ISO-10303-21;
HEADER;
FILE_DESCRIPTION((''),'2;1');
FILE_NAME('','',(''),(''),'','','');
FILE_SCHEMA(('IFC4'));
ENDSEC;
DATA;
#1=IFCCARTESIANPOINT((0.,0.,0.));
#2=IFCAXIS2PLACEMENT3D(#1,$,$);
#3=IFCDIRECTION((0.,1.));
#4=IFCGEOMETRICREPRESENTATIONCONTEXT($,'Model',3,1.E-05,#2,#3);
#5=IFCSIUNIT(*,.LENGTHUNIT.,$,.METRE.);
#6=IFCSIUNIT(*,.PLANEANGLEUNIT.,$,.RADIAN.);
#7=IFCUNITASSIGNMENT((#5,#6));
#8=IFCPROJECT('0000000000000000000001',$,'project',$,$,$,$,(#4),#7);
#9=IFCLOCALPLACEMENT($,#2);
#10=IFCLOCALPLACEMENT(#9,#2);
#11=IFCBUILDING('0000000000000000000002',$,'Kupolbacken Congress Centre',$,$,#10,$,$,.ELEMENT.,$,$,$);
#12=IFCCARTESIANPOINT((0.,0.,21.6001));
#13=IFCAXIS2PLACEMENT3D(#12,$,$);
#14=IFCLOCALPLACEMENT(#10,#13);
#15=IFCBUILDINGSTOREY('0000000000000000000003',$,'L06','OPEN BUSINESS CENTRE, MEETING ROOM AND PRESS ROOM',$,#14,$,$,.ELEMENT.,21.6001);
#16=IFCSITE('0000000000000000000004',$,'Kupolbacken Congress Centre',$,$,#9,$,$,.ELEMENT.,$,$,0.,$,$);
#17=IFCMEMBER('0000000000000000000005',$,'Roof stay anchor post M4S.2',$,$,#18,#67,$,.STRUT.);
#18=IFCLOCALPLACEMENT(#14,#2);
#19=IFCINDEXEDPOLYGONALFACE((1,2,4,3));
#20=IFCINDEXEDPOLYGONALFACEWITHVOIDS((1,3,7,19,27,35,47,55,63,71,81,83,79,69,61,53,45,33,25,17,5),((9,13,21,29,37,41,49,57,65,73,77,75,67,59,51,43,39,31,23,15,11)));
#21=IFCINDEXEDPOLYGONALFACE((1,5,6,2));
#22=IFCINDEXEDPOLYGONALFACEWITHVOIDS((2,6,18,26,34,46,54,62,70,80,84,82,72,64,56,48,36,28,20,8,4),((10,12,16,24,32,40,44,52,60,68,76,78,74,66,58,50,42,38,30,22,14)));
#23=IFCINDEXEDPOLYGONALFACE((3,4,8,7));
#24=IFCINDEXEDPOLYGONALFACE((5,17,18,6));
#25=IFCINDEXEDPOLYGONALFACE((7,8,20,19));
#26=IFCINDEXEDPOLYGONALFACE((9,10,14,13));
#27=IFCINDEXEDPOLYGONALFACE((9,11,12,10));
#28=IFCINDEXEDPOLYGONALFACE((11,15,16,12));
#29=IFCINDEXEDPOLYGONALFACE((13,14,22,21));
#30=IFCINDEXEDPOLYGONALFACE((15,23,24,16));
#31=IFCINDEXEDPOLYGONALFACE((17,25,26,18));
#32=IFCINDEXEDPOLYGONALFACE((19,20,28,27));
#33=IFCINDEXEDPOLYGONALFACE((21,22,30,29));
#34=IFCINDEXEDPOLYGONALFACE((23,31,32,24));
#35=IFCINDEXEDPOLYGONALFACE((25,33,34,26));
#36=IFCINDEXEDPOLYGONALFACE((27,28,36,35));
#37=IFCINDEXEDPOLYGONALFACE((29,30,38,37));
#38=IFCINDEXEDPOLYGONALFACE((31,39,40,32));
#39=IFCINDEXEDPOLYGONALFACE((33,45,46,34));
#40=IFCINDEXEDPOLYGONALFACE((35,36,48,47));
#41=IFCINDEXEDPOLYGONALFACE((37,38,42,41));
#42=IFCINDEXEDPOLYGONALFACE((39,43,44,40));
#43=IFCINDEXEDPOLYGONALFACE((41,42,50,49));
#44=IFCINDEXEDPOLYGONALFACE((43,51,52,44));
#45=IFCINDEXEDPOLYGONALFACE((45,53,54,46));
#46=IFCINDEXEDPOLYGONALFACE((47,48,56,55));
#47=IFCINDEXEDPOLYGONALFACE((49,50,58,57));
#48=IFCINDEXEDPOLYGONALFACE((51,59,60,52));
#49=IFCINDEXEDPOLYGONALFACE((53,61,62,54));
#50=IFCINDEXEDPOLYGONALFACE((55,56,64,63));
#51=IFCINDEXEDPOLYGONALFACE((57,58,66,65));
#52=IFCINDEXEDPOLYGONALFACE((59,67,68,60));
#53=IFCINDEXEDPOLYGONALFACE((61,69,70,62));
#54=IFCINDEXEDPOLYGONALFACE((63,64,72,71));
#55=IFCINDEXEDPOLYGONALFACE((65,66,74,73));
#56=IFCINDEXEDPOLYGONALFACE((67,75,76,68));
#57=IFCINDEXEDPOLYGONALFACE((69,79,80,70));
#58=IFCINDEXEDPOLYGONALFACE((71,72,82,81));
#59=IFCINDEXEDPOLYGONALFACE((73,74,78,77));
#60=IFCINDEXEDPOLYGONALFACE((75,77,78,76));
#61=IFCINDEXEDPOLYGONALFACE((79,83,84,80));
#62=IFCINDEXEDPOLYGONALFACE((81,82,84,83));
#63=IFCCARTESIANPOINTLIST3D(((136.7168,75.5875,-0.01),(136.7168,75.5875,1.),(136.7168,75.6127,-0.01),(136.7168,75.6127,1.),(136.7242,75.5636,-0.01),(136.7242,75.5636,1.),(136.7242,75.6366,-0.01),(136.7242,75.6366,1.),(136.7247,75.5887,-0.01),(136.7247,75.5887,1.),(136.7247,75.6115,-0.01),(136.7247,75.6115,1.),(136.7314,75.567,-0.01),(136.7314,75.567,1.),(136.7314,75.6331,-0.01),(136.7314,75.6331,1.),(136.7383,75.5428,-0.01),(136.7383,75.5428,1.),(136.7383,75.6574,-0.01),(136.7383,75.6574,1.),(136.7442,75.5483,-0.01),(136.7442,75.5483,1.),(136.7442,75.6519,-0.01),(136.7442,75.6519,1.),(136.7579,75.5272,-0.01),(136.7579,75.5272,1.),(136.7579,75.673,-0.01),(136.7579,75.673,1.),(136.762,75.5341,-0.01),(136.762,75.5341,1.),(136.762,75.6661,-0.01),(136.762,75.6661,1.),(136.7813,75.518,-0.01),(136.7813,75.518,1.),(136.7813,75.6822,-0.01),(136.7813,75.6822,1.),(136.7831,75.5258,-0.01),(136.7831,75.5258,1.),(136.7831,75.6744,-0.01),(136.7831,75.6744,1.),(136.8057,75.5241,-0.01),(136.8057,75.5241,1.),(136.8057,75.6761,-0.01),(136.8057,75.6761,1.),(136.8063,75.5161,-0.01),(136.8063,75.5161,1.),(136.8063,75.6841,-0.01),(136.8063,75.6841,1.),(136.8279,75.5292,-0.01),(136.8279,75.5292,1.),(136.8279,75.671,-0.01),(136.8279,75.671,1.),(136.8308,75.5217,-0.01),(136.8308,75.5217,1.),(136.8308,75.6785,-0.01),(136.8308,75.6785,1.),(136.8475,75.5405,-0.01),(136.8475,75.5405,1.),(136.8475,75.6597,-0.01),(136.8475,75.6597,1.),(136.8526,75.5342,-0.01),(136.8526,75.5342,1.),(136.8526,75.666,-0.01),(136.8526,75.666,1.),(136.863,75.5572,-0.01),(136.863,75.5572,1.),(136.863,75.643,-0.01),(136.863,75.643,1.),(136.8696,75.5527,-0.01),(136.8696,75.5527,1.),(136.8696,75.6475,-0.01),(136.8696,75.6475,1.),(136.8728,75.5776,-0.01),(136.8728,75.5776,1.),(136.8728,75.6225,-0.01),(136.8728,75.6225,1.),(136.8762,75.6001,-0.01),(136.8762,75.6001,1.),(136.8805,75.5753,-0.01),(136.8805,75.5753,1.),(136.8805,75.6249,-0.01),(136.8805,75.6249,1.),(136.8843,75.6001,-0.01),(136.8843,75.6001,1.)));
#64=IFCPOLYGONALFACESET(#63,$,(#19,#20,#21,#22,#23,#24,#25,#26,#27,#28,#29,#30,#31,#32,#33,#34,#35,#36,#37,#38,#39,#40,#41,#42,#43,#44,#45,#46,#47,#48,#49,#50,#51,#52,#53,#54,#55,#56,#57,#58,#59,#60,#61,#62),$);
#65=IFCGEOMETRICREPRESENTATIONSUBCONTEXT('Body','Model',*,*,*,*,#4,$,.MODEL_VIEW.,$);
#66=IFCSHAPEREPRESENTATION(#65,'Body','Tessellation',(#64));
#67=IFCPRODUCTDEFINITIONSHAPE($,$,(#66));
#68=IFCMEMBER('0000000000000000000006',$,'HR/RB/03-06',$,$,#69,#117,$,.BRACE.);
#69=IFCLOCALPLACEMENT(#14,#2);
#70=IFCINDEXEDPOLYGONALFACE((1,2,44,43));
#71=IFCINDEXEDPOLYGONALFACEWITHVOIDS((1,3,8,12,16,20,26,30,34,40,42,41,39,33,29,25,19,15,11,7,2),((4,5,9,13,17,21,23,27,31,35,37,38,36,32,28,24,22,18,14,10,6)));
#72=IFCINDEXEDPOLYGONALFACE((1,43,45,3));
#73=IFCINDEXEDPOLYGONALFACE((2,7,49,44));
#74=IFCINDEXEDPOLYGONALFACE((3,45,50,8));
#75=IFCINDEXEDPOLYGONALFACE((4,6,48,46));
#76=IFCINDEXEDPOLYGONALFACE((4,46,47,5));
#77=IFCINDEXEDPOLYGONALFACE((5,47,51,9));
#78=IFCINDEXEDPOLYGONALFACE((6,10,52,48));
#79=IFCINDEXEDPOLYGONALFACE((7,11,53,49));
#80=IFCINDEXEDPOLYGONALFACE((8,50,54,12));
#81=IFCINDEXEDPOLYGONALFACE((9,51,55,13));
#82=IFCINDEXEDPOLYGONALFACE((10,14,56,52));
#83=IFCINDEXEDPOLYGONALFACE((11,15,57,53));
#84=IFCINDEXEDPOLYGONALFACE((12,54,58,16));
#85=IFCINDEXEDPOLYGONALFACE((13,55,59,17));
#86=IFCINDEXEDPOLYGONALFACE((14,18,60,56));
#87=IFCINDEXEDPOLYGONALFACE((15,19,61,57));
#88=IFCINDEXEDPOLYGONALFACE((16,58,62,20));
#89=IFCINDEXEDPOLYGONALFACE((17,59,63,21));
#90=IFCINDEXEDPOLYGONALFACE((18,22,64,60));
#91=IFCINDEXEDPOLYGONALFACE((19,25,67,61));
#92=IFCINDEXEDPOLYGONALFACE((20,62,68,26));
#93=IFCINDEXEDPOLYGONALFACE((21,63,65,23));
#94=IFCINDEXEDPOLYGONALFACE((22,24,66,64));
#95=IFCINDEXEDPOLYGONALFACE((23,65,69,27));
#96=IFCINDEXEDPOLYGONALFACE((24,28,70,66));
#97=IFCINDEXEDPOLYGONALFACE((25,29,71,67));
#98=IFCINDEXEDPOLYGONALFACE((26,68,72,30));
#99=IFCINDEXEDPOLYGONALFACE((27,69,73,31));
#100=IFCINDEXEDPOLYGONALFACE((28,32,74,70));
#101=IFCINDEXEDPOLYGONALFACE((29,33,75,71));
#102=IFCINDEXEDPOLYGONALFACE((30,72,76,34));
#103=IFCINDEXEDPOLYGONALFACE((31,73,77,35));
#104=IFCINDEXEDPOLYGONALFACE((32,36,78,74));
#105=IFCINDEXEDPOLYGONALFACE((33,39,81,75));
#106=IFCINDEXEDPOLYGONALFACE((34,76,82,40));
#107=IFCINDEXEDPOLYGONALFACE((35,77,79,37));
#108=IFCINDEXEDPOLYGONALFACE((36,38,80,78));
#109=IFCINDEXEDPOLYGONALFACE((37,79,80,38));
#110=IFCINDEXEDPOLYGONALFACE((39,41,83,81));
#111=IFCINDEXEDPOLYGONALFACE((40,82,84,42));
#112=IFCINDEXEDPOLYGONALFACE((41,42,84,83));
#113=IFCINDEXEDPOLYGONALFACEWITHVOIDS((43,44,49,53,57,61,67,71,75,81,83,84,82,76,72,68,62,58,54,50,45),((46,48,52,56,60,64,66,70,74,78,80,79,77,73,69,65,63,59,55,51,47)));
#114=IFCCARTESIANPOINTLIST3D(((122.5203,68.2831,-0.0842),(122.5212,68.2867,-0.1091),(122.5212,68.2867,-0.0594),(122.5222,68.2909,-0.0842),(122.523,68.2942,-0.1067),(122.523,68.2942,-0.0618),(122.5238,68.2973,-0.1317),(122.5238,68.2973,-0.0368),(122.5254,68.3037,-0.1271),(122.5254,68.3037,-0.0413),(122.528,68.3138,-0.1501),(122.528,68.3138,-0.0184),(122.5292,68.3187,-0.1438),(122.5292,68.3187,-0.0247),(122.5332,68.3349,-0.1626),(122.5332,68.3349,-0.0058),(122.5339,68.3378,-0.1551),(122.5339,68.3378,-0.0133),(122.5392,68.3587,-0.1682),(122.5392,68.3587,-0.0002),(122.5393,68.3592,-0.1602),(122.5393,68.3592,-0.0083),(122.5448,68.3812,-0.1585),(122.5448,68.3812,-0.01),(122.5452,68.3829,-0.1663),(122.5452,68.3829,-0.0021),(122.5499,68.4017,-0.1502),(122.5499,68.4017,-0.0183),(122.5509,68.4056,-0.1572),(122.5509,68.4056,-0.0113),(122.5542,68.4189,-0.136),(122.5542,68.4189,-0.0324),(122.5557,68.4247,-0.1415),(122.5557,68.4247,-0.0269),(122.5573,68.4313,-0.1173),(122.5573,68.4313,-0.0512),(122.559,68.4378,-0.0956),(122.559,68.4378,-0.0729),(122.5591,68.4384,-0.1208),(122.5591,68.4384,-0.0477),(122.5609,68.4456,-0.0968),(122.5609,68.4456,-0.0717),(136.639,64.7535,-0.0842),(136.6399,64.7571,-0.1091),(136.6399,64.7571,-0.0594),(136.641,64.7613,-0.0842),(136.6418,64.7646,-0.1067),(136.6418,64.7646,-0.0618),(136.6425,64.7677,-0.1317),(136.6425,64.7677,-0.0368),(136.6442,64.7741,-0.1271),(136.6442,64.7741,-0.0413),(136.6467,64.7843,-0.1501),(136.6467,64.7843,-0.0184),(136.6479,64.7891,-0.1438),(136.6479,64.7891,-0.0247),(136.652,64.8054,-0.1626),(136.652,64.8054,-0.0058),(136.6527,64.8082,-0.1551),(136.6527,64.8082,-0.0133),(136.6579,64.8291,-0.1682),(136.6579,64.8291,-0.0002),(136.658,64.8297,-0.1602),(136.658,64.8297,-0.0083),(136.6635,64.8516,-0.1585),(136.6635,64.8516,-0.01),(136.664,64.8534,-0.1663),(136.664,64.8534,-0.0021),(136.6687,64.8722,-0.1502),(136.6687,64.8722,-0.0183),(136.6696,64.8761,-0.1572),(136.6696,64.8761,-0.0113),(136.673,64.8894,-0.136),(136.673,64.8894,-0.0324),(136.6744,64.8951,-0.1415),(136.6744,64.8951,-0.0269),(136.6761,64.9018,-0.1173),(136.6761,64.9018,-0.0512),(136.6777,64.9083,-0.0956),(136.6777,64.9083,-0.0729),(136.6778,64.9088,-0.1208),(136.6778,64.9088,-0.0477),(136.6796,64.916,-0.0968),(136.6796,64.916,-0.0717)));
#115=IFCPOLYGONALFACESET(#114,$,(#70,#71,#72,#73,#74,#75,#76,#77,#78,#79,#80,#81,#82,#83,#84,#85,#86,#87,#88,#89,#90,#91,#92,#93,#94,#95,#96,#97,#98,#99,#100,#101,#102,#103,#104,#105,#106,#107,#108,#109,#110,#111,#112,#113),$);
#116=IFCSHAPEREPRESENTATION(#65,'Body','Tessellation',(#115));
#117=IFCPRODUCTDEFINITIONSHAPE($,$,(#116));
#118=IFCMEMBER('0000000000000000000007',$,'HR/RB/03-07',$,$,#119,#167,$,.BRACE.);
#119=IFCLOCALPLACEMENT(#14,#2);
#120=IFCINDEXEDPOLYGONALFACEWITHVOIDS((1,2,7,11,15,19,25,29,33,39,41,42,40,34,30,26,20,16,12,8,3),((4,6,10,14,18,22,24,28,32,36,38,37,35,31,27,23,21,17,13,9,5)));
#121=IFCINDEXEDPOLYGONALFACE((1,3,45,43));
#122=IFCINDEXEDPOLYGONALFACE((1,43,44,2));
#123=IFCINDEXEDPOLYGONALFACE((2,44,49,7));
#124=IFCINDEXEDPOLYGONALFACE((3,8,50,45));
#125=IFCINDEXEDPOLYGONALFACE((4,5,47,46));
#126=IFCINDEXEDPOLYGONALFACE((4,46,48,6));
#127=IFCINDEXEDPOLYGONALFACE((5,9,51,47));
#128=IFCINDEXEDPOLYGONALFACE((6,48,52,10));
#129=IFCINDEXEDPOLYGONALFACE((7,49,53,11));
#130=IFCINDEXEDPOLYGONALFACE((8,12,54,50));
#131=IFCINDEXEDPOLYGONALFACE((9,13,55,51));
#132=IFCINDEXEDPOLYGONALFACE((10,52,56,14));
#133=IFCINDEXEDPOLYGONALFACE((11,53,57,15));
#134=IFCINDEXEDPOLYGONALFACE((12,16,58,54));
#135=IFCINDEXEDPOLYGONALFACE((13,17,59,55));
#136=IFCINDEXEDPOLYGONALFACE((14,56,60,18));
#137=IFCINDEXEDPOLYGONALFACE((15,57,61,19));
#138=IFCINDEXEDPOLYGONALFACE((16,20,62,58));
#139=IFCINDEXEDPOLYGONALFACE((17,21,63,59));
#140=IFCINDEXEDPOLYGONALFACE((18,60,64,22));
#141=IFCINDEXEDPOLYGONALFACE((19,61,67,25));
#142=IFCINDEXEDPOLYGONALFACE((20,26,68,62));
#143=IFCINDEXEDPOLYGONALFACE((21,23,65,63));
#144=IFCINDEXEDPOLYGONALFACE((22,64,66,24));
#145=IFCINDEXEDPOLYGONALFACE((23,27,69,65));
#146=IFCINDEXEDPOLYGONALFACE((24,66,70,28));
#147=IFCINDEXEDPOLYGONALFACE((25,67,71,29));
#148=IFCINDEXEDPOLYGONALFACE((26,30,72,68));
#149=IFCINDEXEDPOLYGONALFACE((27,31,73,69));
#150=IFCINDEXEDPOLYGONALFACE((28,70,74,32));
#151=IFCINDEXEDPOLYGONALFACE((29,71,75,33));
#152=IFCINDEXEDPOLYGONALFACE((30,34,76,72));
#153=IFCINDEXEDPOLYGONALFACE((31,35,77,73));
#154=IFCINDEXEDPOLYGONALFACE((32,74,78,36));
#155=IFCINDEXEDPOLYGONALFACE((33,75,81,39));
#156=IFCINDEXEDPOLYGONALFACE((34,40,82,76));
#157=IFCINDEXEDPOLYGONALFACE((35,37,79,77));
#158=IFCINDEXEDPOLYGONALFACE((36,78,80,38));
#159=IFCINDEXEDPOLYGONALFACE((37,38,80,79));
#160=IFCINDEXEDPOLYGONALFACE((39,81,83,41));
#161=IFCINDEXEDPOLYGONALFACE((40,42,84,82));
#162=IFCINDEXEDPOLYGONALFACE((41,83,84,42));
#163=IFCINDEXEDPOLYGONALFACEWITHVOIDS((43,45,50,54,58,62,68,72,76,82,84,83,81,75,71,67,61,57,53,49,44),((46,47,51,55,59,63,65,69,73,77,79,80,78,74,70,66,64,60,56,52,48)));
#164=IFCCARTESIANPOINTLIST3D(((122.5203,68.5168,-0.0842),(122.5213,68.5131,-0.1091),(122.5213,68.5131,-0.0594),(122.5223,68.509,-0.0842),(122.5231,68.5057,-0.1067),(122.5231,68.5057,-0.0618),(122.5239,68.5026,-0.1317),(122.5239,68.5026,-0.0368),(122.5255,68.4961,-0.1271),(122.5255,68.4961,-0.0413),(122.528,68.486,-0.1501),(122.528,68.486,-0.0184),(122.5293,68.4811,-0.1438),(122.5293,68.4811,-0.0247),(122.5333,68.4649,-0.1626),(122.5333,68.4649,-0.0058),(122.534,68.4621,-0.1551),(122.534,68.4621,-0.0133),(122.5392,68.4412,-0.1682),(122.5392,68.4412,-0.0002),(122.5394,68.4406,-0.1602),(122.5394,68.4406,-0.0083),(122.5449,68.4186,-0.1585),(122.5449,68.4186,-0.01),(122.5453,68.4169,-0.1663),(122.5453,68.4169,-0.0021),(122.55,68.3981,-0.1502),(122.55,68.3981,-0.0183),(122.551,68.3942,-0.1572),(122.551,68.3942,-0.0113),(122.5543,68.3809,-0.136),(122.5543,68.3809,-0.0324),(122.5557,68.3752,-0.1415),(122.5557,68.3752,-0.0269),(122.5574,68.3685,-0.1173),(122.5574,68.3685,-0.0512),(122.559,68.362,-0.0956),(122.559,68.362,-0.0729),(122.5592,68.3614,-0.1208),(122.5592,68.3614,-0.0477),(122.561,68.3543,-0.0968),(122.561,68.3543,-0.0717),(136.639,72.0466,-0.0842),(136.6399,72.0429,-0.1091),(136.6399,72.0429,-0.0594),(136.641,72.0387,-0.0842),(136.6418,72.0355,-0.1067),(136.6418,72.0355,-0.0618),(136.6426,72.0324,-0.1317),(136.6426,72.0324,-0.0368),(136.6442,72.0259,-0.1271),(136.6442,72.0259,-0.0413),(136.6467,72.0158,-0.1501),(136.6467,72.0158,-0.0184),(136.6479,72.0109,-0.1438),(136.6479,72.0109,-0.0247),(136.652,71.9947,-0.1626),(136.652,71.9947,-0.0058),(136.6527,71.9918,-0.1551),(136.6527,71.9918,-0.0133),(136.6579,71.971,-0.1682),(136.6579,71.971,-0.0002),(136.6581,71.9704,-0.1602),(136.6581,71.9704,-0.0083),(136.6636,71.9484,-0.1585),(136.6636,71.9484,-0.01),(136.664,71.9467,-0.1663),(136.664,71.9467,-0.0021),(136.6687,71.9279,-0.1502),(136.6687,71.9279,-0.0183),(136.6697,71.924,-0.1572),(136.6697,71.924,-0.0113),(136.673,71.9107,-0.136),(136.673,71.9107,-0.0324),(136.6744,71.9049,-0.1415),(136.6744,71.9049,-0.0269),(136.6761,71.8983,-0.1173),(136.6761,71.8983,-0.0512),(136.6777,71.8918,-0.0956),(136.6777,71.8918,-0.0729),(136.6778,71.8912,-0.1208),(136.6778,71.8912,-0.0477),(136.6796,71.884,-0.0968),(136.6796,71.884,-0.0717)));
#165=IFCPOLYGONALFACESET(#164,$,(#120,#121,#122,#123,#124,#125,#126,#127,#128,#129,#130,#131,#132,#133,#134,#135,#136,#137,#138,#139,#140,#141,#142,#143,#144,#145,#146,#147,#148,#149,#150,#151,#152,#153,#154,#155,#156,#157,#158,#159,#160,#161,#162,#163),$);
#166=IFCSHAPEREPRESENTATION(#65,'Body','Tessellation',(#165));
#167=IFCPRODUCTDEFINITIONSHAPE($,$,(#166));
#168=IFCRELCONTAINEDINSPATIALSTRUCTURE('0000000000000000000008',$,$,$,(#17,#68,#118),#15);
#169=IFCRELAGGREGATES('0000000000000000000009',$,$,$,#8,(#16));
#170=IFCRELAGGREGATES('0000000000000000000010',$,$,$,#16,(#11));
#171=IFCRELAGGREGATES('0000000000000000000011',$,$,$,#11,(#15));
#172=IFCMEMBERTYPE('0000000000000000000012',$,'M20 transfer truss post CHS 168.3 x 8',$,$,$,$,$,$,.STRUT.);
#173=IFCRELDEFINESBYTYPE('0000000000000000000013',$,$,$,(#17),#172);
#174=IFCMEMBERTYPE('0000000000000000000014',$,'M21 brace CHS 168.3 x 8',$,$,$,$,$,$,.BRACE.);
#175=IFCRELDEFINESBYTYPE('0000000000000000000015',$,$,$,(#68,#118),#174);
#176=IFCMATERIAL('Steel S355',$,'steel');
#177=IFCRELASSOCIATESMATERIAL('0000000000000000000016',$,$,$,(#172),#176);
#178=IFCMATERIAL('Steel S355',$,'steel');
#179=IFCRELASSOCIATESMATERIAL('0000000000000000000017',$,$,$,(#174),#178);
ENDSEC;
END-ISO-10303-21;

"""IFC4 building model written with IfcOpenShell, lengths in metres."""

from ifc_helpers import new_model, si_unit, direction, frame, origin, origin_2d, place, context, subcontext, project, spatial, hollow_circle, extrude, material, material_profile, profile_set, type_object, element, save


model = new_model("IFC4")

# Units and contexts
model_context = context("Model", 3, precision=1e-05, world=origin(), true_north=direction((0.0, 1.0)))
body_context = subcontext(model_context, "Body", "Model", "MODEL_VIEW")
ifc_project = project(units=[si_unit("LENGTHUNIT", "METRE"), si_unit("PLANEANGLEUNIT", "RADIAN")], contexts=[model_context])

# Site, building, storey
site_placement = place(None, origin())
site = spatial("IfcSite", under=ifc_project, at=site_placement, Name="Kupolbacken Congress Centre", CompositionType="ELEMENT", RefElevation=0.0)
building_placement = place(site_placement, origin())
building = spatial("IfcBuilding", under=site, at=building_placement, Name="Kupolbacken Congress Centre", CompositionType="ELEMENT")
storey_placement = place(building_placement, frame((0.0, 0.0, 21.6001)))
storey = spatial("IfcBuildingStorey", under=building, at=storey_placement, Name="L06", Description="OPEN BUSINESS CENTRE, MEETING ROOM AND PRESS ROOM", CompositionType="ELEMENT", Elevation=21.6001)

# Members
ifc_material_1 = material(Name="Steel S355", Category="steel")
ifc_material_profile_1 = material_profile(ifc_material_1, hollow_circle(Radius=0.0842, WallThickness=0.0081, at=origin_2d()), Name="CHS 168.3 x 8")
ifc_profile_set_1 = profile_set([ifc_material_profile_1], Name="Steel S355")
member_type_1 = type_object("IfcMemberType", Name="M20 transfer truss post CHS 168.3 x 8", PredefinedType="STRUT", material=ifc_profile_set_1)
for number, where, z_axis, x_axis, name in (
    (1, (136.8, 75.6001, -0.01), (0.0, 0.0, 1.0), (1.0, 0.0, 0.0), "Roof stay anchor post M4S.2"),
):
    element("IfcMember", number, at=place(storey_placement, frame(where, z_axis=z_axis, x_axis=x_axis)), inside=storey, type_object=member_type_1, Name=name, PredefinedType="STRUT", context=body_context, shape_type="SweptSolid", body=[
        extrude(hollow_circle(Radius=0.0842, WallThickness=0.0081, at=origin_2d()), origin(), (0.0, 0.0, 1.0), 1.01),
    ])
ifc_material_2 = material(Name="Steel S355", Category="steel")
ifc_material_profile_2 = material_profile(ifc_material_2, hollow_circle(Radius=0.0842, WallThickness=0.0081, at=origin_2d()), Name="CHS 168.3 x 8")
ifc_profile_set_2 = profile_set([ifc_material_profile_2], Name="Steel S355")
member_type_2 = type_object("IfcMemberType", Name="M21 brace CHS 168.3 x 8", PredefinedType="BRACE", material=ifc_profile_set_2)
for number, where, z_axis, x_axis, name in (
    (2, (136.6594, 64.8352, -0.0842), (-0.970144, 0.242528, 0.0), (-0.242528, -0.970144, 0.0), "HR/RB/03-06"),
    (3, (122.5408, 68.4351, -0.0842), (0.970141, 0.242544, 0.0), (-0.242544, 0.970141, 0.0), "HR/RB/03-07"),
):
    element("IfcMember", number, at=place(storey_placement, frame(where, z_axis=z_axis, x_axis=x_axis)), inside=storey, type_object=member_type_2, Name=name, PredefinedType="BRACE", context=body_context, shape_type="SweptSolid", body=[
        extrude(hollow_circle(Radius=0.0842, WallThickness=0.0081, at=origin_2d()), origin(), (0.0, 0.0, 1.0), 14.5532),
    ])

save(model, "model.ifc")
